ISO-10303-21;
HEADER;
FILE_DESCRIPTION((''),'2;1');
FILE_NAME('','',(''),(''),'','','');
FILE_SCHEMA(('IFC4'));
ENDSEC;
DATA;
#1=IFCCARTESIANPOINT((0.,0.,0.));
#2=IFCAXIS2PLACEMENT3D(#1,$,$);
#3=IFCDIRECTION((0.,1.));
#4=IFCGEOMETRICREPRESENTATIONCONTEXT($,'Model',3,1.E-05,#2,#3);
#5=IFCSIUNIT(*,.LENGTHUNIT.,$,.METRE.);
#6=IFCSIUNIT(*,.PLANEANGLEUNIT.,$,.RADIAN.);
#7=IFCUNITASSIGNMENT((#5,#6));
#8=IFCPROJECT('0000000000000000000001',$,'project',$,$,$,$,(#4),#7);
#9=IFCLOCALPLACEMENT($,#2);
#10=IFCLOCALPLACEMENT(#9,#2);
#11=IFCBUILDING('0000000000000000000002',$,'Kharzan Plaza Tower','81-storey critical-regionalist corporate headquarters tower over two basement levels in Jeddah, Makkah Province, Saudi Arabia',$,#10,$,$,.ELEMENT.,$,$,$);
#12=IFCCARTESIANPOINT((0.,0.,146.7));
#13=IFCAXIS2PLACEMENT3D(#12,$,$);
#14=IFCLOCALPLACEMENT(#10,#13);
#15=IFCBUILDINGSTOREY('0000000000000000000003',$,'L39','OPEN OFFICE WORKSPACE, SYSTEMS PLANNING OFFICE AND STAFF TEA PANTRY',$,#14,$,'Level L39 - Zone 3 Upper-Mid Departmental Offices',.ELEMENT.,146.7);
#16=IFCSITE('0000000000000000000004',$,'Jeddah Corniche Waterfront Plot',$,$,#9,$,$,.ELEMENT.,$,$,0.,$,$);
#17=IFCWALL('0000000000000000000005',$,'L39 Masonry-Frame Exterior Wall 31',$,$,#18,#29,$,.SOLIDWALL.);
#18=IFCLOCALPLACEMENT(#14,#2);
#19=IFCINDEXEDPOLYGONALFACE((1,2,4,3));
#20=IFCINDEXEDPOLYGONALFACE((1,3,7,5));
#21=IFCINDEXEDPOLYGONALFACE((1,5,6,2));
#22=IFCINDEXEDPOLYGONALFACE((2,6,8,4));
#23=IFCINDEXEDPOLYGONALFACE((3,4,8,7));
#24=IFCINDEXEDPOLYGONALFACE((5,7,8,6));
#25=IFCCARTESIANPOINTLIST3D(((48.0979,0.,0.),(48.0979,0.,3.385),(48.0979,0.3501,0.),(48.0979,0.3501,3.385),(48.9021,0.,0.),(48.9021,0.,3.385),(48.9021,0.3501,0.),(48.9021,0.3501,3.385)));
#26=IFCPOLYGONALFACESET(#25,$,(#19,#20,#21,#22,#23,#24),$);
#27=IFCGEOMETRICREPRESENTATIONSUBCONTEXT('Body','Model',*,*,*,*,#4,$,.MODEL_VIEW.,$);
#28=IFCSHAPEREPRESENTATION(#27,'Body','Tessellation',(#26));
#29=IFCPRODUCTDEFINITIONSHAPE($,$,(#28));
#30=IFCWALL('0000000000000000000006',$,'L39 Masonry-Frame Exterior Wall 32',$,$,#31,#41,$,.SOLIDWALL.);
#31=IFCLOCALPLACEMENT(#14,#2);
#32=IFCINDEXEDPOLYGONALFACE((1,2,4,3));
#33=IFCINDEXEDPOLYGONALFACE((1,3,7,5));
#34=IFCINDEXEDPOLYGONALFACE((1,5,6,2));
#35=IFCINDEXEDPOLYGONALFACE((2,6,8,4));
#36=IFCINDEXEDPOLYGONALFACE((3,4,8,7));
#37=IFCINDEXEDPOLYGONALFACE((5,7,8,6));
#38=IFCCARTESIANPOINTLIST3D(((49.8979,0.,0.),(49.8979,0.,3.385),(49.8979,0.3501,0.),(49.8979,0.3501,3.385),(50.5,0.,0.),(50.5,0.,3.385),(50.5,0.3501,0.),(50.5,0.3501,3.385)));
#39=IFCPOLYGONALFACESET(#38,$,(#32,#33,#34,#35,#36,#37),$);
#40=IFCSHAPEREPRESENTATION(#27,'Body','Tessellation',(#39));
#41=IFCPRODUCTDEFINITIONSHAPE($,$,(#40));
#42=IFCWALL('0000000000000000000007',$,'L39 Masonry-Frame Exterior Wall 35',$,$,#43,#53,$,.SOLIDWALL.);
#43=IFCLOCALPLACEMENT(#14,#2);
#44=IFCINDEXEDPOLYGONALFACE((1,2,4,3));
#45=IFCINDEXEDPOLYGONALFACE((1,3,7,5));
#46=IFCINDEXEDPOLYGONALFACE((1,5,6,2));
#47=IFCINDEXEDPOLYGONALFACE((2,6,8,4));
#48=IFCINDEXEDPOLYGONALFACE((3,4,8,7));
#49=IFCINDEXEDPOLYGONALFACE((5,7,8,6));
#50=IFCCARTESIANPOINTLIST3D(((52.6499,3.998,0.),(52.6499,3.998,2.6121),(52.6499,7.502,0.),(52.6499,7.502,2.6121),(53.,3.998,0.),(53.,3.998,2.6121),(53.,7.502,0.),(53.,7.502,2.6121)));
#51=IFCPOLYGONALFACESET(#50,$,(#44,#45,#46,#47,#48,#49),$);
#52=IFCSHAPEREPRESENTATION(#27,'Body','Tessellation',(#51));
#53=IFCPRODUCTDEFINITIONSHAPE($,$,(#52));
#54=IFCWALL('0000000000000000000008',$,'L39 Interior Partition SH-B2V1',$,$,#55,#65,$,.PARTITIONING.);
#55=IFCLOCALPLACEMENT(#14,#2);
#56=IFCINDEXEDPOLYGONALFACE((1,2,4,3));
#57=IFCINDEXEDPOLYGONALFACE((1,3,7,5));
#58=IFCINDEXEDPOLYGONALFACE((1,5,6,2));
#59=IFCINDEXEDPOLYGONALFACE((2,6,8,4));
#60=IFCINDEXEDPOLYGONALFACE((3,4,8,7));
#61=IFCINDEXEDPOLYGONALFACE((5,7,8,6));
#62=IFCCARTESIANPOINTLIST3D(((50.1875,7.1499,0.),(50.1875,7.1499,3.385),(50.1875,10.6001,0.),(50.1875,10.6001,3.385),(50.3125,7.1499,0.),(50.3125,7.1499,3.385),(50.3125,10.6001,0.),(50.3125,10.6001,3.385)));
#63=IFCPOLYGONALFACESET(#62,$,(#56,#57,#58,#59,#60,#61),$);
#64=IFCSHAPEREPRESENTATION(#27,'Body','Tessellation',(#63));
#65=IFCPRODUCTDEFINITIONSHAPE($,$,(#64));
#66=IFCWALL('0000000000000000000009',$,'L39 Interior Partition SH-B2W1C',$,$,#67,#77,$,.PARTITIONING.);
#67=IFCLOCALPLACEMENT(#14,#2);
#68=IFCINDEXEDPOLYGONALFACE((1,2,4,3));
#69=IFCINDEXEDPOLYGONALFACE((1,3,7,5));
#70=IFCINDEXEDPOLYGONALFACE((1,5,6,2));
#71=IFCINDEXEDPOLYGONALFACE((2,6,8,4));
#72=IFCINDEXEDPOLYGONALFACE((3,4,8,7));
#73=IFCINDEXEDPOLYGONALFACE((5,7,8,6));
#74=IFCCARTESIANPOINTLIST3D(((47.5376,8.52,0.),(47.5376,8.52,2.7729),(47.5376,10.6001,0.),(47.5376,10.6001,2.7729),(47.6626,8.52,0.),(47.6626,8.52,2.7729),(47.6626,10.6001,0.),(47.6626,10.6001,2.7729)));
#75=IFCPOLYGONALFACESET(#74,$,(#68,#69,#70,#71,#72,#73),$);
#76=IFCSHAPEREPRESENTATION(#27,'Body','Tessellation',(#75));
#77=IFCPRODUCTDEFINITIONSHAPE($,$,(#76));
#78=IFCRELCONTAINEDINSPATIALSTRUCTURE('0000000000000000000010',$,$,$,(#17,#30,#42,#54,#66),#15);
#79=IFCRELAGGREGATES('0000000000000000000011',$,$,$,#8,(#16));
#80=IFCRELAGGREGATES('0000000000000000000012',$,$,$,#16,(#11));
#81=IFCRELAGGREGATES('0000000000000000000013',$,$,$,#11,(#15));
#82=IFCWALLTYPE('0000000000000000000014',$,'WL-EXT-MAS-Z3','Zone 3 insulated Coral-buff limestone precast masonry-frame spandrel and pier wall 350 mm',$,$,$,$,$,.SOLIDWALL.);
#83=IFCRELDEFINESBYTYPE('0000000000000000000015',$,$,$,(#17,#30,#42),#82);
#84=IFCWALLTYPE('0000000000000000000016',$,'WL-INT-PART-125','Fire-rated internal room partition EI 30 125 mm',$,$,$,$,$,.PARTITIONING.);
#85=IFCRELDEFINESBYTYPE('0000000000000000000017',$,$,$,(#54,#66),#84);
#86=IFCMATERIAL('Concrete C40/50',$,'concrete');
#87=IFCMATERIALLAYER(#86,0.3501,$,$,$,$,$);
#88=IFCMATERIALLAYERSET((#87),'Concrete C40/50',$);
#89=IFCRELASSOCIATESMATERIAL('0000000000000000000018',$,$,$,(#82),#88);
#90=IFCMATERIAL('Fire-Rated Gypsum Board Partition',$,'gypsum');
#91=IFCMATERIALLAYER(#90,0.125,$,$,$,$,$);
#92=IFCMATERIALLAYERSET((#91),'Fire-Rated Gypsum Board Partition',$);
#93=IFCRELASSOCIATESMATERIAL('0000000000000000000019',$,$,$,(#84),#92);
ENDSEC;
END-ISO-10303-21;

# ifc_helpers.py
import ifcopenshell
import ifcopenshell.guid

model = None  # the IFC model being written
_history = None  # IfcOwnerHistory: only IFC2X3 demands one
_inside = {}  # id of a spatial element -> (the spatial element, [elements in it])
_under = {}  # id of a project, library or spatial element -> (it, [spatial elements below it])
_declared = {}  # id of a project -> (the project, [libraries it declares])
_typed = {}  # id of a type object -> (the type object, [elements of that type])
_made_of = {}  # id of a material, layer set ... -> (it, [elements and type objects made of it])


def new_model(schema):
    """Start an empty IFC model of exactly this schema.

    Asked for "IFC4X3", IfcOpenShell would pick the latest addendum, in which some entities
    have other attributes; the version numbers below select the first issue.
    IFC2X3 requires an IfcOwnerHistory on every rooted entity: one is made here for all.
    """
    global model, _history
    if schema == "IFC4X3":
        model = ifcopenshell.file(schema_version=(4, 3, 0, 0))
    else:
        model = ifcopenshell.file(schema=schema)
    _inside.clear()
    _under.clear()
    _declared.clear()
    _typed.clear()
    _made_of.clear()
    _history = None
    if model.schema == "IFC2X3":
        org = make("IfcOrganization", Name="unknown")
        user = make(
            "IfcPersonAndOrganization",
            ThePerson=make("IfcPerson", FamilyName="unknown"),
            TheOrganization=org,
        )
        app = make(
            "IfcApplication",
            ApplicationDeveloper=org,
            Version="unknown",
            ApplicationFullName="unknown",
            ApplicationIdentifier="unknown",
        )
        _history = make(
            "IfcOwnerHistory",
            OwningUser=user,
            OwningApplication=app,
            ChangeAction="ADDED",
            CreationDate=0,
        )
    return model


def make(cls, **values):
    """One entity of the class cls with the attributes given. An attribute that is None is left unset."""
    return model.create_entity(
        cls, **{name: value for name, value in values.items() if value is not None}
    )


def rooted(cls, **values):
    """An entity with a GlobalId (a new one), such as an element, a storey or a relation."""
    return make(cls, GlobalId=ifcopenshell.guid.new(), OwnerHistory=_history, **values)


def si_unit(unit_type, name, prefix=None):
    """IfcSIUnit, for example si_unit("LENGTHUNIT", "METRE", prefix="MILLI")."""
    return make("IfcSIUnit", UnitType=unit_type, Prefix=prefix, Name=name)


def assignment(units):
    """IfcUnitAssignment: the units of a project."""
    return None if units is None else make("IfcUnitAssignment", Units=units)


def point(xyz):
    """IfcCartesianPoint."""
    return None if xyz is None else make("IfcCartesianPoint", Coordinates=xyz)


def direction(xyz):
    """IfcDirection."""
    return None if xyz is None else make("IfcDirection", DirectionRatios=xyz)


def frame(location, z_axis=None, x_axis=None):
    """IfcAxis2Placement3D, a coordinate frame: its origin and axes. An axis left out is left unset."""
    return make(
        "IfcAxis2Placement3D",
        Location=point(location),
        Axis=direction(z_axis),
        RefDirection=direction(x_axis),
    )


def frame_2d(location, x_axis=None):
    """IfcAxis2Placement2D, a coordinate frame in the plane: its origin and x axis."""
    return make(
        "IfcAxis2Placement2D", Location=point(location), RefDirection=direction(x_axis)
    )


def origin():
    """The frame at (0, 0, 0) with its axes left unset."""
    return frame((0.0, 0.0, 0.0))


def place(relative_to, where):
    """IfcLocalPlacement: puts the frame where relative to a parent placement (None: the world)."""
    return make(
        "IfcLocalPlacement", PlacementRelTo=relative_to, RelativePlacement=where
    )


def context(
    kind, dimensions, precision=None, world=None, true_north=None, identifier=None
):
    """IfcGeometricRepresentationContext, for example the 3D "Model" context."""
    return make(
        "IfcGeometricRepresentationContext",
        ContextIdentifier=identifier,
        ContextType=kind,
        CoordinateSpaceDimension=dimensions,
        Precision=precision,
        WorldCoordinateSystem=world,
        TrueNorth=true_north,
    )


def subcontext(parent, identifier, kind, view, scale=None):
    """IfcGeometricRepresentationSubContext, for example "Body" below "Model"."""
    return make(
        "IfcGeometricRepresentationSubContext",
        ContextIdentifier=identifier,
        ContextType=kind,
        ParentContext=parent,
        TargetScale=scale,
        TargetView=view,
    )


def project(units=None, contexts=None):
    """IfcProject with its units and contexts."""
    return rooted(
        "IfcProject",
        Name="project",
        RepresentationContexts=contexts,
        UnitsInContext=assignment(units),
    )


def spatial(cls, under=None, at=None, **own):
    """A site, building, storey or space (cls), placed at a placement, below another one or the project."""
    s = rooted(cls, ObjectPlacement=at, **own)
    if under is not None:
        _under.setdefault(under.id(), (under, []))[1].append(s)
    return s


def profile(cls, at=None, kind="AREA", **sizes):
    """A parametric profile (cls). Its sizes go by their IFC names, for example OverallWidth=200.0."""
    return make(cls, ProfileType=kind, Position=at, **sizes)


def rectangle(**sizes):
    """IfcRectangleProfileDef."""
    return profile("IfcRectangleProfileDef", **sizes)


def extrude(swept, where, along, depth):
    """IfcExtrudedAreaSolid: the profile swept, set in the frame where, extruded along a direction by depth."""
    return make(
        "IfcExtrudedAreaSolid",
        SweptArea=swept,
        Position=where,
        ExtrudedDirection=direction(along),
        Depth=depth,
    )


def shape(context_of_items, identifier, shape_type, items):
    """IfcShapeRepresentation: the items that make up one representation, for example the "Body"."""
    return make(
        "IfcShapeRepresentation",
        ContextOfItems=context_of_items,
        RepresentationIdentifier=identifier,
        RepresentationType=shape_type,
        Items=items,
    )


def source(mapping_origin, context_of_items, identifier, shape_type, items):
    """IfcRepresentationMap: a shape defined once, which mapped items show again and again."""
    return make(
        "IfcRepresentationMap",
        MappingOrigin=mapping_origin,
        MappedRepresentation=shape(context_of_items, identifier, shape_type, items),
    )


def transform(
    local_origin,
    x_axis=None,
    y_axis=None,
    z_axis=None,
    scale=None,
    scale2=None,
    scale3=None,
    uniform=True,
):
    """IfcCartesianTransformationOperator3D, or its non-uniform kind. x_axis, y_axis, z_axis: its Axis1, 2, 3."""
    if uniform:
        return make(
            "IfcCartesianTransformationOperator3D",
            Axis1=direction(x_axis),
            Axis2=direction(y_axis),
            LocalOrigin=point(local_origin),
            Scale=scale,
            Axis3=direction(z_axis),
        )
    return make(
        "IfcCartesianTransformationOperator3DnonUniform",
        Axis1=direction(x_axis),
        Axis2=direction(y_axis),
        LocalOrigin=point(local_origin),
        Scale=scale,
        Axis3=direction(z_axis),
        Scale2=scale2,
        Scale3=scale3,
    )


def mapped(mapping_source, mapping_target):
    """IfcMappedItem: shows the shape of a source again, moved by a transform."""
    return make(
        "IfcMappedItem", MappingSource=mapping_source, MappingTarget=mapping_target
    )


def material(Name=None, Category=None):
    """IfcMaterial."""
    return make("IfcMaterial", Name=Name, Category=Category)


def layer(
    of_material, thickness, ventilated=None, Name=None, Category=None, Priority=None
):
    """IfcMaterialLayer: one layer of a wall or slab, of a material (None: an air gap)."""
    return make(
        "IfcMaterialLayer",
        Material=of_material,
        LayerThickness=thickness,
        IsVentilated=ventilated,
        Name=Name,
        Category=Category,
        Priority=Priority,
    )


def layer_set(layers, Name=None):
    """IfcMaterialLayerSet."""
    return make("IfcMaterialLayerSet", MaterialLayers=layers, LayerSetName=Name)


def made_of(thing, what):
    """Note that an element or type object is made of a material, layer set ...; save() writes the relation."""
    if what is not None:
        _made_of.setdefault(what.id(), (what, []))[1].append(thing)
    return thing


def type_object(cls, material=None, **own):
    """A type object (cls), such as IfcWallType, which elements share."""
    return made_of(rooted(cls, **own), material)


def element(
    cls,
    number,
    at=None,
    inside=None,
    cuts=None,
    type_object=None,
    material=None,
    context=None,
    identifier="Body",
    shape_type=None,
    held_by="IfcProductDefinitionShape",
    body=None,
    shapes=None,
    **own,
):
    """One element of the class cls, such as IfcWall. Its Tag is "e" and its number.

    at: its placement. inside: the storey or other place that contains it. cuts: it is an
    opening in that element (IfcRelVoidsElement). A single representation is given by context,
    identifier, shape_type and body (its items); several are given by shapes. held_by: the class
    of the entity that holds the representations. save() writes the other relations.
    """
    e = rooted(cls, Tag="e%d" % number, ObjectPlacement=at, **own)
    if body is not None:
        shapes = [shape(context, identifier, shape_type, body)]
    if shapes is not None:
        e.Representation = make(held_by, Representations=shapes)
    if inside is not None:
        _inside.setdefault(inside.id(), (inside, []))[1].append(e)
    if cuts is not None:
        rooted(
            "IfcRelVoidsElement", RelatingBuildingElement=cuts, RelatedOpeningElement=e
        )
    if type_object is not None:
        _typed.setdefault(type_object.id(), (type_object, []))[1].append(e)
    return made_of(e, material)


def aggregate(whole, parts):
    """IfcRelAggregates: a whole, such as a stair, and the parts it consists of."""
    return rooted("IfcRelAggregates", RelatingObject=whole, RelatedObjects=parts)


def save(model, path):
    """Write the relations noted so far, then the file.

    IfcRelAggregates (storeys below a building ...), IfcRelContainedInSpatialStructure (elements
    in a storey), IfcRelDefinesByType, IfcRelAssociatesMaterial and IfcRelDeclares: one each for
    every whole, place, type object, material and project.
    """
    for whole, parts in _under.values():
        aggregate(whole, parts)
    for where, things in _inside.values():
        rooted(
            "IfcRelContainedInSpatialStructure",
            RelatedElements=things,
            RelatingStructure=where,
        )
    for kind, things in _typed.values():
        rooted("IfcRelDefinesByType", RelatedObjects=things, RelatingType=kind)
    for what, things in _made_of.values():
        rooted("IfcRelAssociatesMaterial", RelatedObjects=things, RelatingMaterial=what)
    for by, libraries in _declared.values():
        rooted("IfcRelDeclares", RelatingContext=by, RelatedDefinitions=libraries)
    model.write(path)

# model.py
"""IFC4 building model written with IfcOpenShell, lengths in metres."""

from ifc_helpers import new_model, si_unit, direction, frame, frame_2d, origin, place, context, subcontext, project, spatial, rectangle, extrude, source, transform, mapped, material, layer, layer_set, type_object, element, save


model = new_model("IFC4")

# Units and contexts
model_context = context("Model", 3, precision=1e-05, world=origin(), true_north=direction((0.0, 1.0)))
body_context = subcontext(model_context, "Body", "Model", "MODEL_VIEW")
ifc_project = project(units=[si_unit("LENGTHUNIT", "METRE"), si_unit("PLANEANGLEUNIT", "RADIAN")], contexts=[model_context])

# Site, building, storey
site_placement = place(None, origin())
site = spatial("IfcSite", under=ifc_project, at=site_placement, Name="Jeddah Corniche Waterfront Plot", CompositionType="ELEMENT", RefElevation=0.0)
building_placement = place(site_placement, origin())
building = spatial("IfcBuilding", under=site, at=building_placement, Name="Kharzan Plaza Tower", Description="81-storey critical-regionalist corporate headquarters tower over two basement levels in Jeddah, Makkah Province, Saudi Arabia", CompositionType="ELEMENT")
storey_placement = place(building_placement, frame((0.0, 0.0, 146.7)))
storey = spatial("IfcBuildingStorey", under=building, at=storey_placement, Name="L39", Description="OPEN OFFICE WORKSPACE, SYSTEMS PLANNING OFFICE AND STAFF TEA PANTRY", LongName="Level L39 - Zone 3 Upper-Mid Departmental Offices", CompositionType="ELEMENT", Elevation=146.7)

# Shared definitions
ifc_material_1 = material(Name="Concrete C40/50", Category="concrete")
ifc_layer_1 = layer(ifc_material_1, 0.3501)
ifc_layer_set_1 = layer_set([ifc_layer_1], Name="Concrete C40/50")
wall_type_1 = type_object("IfcWallType", Name="WL-EXT-MAS-Z3", Description="Zone 3 insulated Coral-buff limestone precast masonry-frame spandrel and pier wall 350 mm", PredefinedType="SOLIDWALL", material=ifc_layer_set_1)

# Walls
shared_shape_1 = source(origin(), body_context, "Body", "SweptSolid", [
    extrude(rectangle(XDim=0.8042, YDim=0.3501, at=frame_2d((0.4021, 0.0))), origin(), (0.0, 0.0, 1.0), 3.385),
])
wall_1_placement = place(storey_placement, frame((48.0979, 0.175, 0.0), z_axis=(0.0, 0.0, 1.0), x_axis=(1.0, 0.0, 0.0)))
element("IfcWall", 1, at=wall_1_placement, inside=storey, type_object=wall_type_1, Name="L39 Masonry-Frame Exterior Wall 31", PredefinedType="SOLIDWALL", context=body_context, shape_type="MappedRepresentation", body=[
    mapped(shared_shape_1, transform((0.0, 0.0, 0.0), x_axis=(1.0, 0.0, 0.0), y_axis=(0.0, 1.0, 0.0), z_axis=(0.0, 0.0, 1.0))),
])
shared_shape_2 = source(origin(), body_context, "Body", "SweptSolid", [
    extrude(rectangle(XDim=0.6021, YDim=0.3501, at=frame_2d((0.301, 0.0))), origin(), (0.0, 0.0, 1.0), 3.385),
])
wall_2_placement = place(storey_placement, frame((49.8979, 0.175, 0.0), z_axis=(0.0, 0.0, 1.0), x_axis=(1.0, 0.0, 0.0)))
element("IfcWall", 2, at=wall_2_placement, inside=storey, type_object=wall_type_1, Name="L39 Masonry-Frame Exterior Wall 32", PredefinedType="SOLIDWALL", context=body_context, shape_type="MappedRepresentation", body=[
    mapped(shared_shape_2, transform((0.0, 0.0, 0.0), x_axis=(1.0, 0.0, 0.0), y_axis=(0.0, 1.0, 0.0), z_axis=(0.0, 0.0, 1.0))),
])
shared_shape_3 = source(origin(), body_context, "Body", "SweptSolid", [
    extrude(rectangle(XDim=3.5039, YDim=0.3501, at=frame_2d((1.752, 0.0))), origin(), (0.0, 0.0, 1.0), 2.6121),
])
wall_3_placement = place(storey_placement, frame((52.825, 3.998, 0.0), z_axis=(0.0, 0.0, 1.0), x_axis=(0.0, 1.0, 0.0)))
element("IfcWall", 3, at=wall_3_placement, inside=storey, type_object=wall_type_1, Name="L39 Masonry-Frame Exterior Wall 35", PredefinedType="SOLIDWALL", context=body_context, shape_type="MappedRepresentation", body=[
    mapped(shared_shape_3, transform((0.0, 0.0, 0.0), x_axis=(1.0, 0.0, 0.0), y_axis=(0.0, 1.0, 0.0), z_axis=(0.0, 0.0, 1.0))),
])
ifc_material_2 = material(Name="Fire-Rated Gypsum Board Partition", Category="gypsum")
ifc_layer_2 = layer(ifc_material_2, 0.125)
ifc_layer_set_2 = layer_set([ifc_layer_2], Name="Fire-Rated Gypsum Board Partition")
wall_type_2 = type_object("IfcWallType", Name="WL-INT-PART-125", Description="Fire-rated internal room partition EI 30 125 mm", PredefinedType="PARTITIONING", material=ifc_layer_set_2)
shared_shape_4 = source(origin(), body_context, "Body", "SweptSolid", [
    extrude(rectangle(XDim=3.4502, YDim=0.125, at=frame_2d((1.7251, 0.0))), origin(), (0.0, 0.0, 1.0), 3.385),
])
wall_4_placement = place(storey_placement, frame((50.25, 7.1499, 0.0), z_axis=(0.0, 0.0, 1.0), x_axis=(0.0, 1.0, 0.0)))
element("IfcWall", 4, at=wall_4_placement, inside=storey, type_object=wall_type_2, Name="L39 Interior Partition SH-B2V1", PredefinedType="PARTITIONING", context=body_context, shape_type="MappedRepresentation", body=[
    mapped(shared_shape_4, transform((0.0, 0.0, 0.0), x_axis=(1.0, 0.0, 0.0), y_axis=(0.0, 1.0, 0.0), z_axis=(0.0, 0.0, 1.0))),
])
shared_shape_5 = source(origin(), body_context, "Body", "SweptSolid", [
    extrude(rectangle(XDim=2.0801, YDim=0.125, at=frame_2d((1.04, 0.0))), origin(), (0.0, 0.0, 1.0), 2.7729),
])
wall_5_placement = place(storey_placement, frame((47.6001, 8.52, 0.0), z_axis=(0.0, 0.0, 1.0), x_axis=(0.0, 1.0, 0.0)))
element("IfcWall", 5, at=wall_5_placement, inside=storey, type_object=wall_type_2, Name="L39 Interior Partition SH-B2W1C", PredefinedType="PARTITIONING", context=body_context, shape_type="MappedRepresentation", body=[
    mapped(shared_shape_5, transform((0.0, 0.0, 0.0), x_axis=(1.0, 0.0, 0.0), y_axis=(0.0, 1.0, 0.0), z_axis=(0.0, 0.0, 1.0))),
])

save(model, "model.ifc")
